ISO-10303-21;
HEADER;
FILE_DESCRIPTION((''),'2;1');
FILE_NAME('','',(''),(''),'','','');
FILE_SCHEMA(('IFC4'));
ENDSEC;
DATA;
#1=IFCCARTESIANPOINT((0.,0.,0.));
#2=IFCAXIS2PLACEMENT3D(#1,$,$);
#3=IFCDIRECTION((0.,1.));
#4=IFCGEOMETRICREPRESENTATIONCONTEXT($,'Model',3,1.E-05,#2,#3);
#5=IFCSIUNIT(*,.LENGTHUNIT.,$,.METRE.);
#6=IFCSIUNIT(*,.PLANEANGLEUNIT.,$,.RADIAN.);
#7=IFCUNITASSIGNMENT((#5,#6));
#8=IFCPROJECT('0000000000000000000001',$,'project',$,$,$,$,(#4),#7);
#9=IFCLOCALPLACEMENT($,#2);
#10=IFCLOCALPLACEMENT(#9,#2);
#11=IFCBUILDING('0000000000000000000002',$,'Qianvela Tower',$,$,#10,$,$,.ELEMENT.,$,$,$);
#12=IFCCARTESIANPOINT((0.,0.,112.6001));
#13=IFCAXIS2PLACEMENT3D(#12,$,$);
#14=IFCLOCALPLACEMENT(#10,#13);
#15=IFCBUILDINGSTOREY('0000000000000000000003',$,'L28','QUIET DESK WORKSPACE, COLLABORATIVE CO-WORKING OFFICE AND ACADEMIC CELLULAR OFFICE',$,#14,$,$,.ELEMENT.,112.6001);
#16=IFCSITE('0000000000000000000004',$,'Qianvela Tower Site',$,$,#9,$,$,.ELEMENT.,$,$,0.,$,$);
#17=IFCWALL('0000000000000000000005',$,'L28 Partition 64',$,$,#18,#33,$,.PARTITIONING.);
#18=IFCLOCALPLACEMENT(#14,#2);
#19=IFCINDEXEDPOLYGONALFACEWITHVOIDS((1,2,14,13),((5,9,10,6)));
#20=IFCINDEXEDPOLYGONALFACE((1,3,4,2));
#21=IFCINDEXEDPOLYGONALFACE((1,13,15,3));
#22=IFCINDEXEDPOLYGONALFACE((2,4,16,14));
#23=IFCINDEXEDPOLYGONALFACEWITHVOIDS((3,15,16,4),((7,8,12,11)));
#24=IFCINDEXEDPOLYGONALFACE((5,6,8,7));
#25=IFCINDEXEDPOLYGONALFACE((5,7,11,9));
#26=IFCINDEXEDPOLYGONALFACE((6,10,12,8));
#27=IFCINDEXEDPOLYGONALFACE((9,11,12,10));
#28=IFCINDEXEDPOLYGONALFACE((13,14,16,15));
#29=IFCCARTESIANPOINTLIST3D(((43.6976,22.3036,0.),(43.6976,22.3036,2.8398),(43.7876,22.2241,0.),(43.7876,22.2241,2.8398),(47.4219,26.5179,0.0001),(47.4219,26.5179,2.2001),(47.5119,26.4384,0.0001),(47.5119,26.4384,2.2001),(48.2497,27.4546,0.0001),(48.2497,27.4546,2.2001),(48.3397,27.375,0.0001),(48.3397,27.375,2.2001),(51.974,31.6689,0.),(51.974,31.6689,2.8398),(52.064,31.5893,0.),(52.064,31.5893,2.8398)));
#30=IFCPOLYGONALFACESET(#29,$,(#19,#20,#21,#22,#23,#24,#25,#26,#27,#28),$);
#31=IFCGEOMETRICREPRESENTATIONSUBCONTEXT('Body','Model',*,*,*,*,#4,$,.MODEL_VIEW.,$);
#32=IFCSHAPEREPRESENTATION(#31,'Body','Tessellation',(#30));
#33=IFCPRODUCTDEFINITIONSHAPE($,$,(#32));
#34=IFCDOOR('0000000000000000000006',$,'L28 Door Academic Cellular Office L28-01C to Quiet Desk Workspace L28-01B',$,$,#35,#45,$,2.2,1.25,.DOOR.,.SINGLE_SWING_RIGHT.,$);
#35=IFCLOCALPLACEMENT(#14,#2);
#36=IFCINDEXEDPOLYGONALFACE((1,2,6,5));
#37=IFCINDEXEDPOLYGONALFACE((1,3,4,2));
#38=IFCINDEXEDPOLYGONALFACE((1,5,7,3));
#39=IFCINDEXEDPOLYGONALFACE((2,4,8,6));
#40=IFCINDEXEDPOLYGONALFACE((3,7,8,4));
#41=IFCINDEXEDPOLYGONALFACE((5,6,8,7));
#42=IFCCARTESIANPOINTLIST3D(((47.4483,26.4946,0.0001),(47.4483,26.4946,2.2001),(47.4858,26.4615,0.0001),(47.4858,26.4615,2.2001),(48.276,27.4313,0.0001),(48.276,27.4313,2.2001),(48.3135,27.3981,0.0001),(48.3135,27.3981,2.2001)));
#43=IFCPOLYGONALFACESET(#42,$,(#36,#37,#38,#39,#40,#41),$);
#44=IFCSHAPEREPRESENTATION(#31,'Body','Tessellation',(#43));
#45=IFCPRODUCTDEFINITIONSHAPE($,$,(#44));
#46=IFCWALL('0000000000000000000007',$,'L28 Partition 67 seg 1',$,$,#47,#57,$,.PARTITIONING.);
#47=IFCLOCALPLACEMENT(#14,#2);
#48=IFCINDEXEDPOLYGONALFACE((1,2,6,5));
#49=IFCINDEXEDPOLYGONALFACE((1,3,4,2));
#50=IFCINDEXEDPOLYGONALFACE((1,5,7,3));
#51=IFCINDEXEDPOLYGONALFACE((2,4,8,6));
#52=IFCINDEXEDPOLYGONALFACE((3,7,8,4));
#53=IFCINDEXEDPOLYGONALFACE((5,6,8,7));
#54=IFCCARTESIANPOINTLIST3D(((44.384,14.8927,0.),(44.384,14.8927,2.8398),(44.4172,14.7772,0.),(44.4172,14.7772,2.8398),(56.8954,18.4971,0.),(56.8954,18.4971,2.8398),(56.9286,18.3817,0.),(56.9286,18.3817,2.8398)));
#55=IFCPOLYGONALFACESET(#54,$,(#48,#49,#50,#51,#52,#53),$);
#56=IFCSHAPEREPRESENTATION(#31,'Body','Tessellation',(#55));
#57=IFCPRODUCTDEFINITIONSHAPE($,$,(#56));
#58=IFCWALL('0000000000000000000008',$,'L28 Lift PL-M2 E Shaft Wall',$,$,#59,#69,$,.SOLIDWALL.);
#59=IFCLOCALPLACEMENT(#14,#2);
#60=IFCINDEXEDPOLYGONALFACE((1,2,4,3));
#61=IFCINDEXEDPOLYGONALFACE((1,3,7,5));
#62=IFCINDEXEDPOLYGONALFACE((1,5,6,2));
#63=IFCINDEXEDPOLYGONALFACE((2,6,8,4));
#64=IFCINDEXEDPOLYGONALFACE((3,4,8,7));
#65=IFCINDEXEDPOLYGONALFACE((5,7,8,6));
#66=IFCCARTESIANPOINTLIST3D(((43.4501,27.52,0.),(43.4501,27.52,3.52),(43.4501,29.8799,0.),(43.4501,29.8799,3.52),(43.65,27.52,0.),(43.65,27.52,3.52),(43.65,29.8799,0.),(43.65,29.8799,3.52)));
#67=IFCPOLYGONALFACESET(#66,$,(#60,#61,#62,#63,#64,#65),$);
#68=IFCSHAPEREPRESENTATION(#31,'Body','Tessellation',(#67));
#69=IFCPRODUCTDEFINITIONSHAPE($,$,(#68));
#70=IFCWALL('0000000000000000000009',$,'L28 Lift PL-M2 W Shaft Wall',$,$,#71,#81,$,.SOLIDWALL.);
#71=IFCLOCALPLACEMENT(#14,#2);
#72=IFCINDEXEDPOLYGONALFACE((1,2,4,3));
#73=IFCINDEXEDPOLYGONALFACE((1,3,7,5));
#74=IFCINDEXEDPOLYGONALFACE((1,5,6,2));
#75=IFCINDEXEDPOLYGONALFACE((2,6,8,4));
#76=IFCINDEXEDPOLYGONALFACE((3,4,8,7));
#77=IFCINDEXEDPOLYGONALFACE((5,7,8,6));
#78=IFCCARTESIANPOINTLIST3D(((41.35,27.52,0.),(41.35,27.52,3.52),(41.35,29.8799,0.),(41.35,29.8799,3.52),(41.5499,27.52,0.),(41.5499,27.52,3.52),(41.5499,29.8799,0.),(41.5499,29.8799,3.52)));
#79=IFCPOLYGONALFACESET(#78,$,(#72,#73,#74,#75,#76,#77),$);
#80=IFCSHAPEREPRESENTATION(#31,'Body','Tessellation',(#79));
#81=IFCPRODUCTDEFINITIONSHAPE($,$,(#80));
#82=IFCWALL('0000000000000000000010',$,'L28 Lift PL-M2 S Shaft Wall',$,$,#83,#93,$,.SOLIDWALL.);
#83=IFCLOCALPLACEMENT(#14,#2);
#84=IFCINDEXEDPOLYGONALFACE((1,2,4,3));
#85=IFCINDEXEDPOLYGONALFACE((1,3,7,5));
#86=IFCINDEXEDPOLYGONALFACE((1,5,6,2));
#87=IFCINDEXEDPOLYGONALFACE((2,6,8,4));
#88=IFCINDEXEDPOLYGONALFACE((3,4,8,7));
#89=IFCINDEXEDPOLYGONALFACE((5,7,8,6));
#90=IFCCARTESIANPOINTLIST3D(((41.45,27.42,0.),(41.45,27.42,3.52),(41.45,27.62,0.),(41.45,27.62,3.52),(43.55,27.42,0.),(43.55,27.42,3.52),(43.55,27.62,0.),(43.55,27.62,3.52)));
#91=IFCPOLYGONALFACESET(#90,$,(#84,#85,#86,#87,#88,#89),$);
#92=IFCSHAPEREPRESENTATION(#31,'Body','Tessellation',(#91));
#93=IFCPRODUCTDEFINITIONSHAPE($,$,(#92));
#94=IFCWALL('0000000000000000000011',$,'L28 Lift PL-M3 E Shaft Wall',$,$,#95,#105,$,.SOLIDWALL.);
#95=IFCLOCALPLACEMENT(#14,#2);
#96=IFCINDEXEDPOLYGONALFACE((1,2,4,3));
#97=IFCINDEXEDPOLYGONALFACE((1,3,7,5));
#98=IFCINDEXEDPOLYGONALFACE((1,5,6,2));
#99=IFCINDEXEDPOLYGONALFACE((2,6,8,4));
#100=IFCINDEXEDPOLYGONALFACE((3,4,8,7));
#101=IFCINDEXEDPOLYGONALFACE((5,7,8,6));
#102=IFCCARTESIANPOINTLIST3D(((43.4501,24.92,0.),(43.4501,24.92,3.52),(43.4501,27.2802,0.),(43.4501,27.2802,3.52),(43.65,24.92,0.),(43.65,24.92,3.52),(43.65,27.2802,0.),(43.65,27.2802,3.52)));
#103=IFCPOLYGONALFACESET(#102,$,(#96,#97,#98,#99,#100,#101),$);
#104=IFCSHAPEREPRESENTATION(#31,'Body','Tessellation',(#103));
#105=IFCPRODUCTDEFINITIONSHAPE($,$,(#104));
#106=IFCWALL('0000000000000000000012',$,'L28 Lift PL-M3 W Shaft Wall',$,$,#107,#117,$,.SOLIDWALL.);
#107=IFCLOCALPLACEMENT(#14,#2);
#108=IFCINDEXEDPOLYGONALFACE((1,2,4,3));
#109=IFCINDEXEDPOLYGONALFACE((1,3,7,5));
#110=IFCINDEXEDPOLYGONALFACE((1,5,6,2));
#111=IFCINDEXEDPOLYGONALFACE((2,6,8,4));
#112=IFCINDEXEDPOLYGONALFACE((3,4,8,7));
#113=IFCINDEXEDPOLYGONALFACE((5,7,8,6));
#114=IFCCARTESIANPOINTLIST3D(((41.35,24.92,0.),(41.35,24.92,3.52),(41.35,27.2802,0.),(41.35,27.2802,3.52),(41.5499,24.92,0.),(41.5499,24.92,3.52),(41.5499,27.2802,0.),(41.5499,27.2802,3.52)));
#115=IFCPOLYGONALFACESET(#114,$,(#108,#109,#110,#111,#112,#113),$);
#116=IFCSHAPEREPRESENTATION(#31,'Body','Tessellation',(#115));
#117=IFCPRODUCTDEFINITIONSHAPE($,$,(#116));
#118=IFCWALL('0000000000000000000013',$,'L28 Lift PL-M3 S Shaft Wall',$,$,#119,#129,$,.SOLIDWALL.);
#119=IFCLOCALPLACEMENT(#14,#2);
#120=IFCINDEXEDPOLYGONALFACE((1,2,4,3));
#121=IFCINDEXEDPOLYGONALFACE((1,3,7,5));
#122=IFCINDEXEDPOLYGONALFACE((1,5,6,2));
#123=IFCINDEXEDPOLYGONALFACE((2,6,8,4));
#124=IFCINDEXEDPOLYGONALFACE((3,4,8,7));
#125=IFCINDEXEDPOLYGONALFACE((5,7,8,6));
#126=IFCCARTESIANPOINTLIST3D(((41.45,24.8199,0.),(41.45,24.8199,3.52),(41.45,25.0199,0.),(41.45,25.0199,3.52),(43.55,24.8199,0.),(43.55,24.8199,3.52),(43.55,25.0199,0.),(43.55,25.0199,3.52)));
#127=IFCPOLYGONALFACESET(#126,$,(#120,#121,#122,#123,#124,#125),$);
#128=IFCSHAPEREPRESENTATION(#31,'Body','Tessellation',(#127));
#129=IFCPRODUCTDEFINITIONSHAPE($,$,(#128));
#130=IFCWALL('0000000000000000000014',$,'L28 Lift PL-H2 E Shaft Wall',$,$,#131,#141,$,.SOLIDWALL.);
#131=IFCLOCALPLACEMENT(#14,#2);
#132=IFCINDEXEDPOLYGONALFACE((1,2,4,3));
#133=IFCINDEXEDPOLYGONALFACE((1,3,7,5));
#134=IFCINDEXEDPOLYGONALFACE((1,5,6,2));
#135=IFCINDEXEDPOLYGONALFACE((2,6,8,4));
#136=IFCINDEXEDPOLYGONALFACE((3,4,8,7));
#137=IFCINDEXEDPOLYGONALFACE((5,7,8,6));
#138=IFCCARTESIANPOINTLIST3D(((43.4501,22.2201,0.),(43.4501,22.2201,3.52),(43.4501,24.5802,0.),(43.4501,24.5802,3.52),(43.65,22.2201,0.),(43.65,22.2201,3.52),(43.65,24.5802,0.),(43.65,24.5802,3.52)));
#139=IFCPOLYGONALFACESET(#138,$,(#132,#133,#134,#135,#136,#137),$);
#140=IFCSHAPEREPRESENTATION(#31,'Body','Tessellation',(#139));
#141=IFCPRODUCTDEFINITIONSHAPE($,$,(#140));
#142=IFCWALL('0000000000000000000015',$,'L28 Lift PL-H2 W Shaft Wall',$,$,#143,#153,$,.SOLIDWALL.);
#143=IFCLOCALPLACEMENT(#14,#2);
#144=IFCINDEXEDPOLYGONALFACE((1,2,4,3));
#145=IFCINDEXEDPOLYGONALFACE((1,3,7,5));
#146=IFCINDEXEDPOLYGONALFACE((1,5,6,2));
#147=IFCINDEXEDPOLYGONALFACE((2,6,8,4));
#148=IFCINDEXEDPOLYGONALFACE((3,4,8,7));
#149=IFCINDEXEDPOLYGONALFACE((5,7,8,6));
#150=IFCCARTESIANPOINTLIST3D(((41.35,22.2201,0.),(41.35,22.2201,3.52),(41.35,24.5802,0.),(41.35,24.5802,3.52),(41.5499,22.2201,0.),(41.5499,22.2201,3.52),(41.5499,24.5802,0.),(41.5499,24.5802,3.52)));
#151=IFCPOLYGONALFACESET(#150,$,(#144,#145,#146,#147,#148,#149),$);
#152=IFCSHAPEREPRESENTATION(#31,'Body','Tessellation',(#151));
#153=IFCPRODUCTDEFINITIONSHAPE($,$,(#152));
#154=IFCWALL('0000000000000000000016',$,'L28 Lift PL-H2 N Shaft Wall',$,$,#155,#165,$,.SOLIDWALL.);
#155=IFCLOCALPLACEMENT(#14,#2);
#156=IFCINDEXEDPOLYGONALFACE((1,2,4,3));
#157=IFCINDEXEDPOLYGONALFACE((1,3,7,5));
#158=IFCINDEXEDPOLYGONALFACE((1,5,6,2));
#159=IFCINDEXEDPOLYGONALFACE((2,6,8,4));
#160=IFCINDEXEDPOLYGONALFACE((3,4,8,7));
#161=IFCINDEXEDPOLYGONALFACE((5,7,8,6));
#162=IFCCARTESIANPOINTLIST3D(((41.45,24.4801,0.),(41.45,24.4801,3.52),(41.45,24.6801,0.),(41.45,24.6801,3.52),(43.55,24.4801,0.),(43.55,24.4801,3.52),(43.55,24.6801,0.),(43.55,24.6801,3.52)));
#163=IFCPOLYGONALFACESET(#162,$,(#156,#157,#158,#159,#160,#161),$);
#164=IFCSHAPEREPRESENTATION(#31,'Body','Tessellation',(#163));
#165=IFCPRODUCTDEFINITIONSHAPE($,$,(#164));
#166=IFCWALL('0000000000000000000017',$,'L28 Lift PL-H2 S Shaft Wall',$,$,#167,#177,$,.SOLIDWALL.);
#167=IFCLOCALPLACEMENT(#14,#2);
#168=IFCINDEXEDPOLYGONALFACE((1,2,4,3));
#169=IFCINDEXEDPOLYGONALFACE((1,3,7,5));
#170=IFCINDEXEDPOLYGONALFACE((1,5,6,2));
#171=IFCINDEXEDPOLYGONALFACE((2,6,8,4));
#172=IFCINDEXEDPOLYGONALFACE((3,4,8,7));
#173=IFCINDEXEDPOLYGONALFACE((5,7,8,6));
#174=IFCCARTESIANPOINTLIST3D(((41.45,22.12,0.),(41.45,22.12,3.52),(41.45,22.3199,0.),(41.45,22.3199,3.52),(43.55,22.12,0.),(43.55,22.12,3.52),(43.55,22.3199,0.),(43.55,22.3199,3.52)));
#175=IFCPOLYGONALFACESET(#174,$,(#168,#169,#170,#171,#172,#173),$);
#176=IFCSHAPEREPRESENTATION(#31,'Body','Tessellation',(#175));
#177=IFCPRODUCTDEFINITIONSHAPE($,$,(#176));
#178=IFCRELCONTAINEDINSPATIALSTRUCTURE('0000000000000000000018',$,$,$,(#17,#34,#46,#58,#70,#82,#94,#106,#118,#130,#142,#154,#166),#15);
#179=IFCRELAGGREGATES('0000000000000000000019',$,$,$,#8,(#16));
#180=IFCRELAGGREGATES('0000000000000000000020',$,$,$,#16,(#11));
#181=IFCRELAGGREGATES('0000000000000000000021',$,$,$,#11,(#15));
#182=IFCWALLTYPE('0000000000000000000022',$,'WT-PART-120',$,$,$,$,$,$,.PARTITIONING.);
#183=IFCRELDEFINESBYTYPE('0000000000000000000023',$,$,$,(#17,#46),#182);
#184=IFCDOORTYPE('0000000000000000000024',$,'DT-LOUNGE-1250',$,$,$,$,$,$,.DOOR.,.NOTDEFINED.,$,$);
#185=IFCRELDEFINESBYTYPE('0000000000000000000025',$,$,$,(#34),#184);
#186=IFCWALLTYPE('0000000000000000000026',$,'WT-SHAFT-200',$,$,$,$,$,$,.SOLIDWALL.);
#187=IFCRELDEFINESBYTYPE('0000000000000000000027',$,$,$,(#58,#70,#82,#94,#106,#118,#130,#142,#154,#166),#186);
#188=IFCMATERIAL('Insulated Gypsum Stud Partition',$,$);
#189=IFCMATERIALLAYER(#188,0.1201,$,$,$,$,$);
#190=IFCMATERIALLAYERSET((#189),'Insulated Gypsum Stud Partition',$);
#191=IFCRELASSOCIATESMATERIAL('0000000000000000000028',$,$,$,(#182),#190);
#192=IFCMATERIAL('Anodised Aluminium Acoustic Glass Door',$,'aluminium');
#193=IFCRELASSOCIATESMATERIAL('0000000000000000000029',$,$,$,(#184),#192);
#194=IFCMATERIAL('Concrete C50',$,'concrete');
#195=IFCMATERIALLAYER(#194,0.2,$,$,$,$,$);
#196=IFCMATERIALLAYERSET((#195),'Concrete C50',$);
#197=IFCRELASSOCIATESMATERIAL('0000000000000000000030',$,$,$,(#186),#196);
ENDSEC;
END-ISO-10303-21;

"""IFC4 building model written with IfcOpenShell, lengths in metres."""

from ifc_helpers import new_model, si_unit, direction, frame, frame_2d, origin, place, context, subcontext, project, spatial, rectangle, extrude, material, layer, layer_set, type_object, element, fill, save


model = new_model("IFC4")

# Units and contexts
model_context = context("Model", 3, precision=1e-05, world=origin(), true_north=direction((0.0, 1.0)))
body_context = subcontext(model_context, "Body", "Model", "MODEL_VIEW")
ifc_project = project(units=[si_unit("LENGTHUNIT", "METRE"), si_unit("PLANEANGLEUNIT", "RADIAN")], contexts=[model_context])

# Site, building, storey
site_placement = place(None, origin())
site = spatial("IfcSite", under=ifc_project, at=site_placement, Name="Qianvela Tower Site", CompositionType="ELEMENT", RefElevation=0.0)
building_placement = place(site_placement, origin())
building = spatial("IfcBuilding", under=site, at=building_placement, Name="Qianvela Tower", CompositionType="ELEMENT")
storey_placement = place(building_placement, frame((0.0, 0.0, 112.6001)))
storey = spatial("IfcBuildingStorey", under=building, at=storey_placement, Name="L28", Description="QUIET DESK WORKSPACE, COLLABORATIVE CO-WORKING OFFICE AND ACADEMIC CELLULAR OFFICE", CompositionType="ELEMENT", Elevation=112.6001)

# Wall, opening, door
ifc_material_1 = material(Name="Insulated Gypsum Stud Partition")
ifc_layer_1 = layer(ifc_material_1, 0.1201)
ifc_layer_set_1 = layer_set([ifc_layer_1], Name="Insulated Gypsum Stud Partition")
wall_type_1 = type_object("IfcWallType", Name="WT-PART-120", PredefinedType="PARTITIONING", material=ifc_layer_set_1)
wall_1_placement = place(storey_placement, frame((43.7427, 22.2639, 0.0), z_axis=(0.0, 0.0, 1.0), x_axis=(0.662203, 0.749325, 0.0)))
wall_1 = element("IfcWall", 1, at=wall_1_placement, inside=storey, type_object=wall_type_1, Name="L28 Partition 64", PredefinedType="PARTITIONING", context=body_context, shape_type="SweptSolid", body=[
    extrude(rectangle(XDim=12.4983, YDim=0.1201, at=frame_2d((6.249, 0.0))), origin(), (0.0, 0.0, 1.0), 2.8398),
])
opening_1_placement = place(wall_1_placement, frame((5.624, 0.0, 0.0)))
opening_1 = element("IfcOpeningElement", 2, at=opening_1_placement, cuts=wall_1, PredefinedType="OPENING", context=body_context, shape_type="SweptSolid", body=[
    extrude(rectangle(XDim=1.25, YDim=2.2, at=frame_2d((0.625, 1.1001))), frame((0.0, 0.0701, 0.0), z_axis=(0.0, -1.0, 0.0), x_axis=(1.0, 0.0, 0.0)), (0.0, 0.0, 1.0), 0.1401),
])
ifc_material_2 = material(Name="Anodised Aluminium Acoustic Glass Door", Category="aluminium")
door_type = type_object("IfcDoorType", Name="DT-LOUNGE-1250", OperationType="NOTDEFINED", PredefinedType="DOOR", material=ifc_material_2)
door_placement = place(opening_1_placement, origin())
door = element("IfcDoor", 3, at=door_placement, inside=storey, type_object=door_type, Name="L28 Door Academic Cellular Office L28-01C to Quiet Desk Workspace L28-01B", OperationType="SINGLE_SWING_RIGHT", OverallHeight=2.2, OverallWidth=1.25, PredefinedType="DOOR", context=body_context, shape_type="SweptSolid", body=[
    extrude(rectangle(XDim=1.25, YDim=2.2, at=frame_2d((0.625, 1.1001))), frame((0.0, 0.0249, 0.0), z_axis=(0.0, -1.0, 0.0), x_axis=(1.0, 0.0, 0.0)), (0.0, 0.0, 1.0), 0.05),
])
fill(opening_1, door)

# Walls
wall_2_placement = place(storey_placement, frame((56.9121, 18.4395, 0.0), z_axis=(0.0, 0.0, 1.0), x_axis=(-0.960917, -0.276835, 0.0)))
element("IfcWall", 4, at=wall_2_placement, inside=storey, type_object=wall_type_1, Name="L28 Partition 67 seg 1", PredefinedType="PARTITIONING", context=body_context, shape_type="SweptSolid", body=[
    extrude(rectangle(XDim=13.0203, YDim=0.1201, at=frame_2d((6.5103, 0.0))), origin(), (0.0, 0.0, 1.0), 2.8398),
])
ifc_material_3 = material(Name="Concrete C50", Category="concrete")
ifc_layer_2 = layer(ifc_material_3, 0.2)
ifc_layer_set_2 = layer_set([ifc_layer_2], Name="Concrete C50")
wall_type_2 = type_object("IfcWallType", Name="WT-SHAFT-200", PredefinedType="SOLIDWALL", material=ifc_layer_set_2)
for number, where, z_axis, x_axis, name in (
    (5, (43.55, 27.52, 0.0), (0.0, 0.0, 1.0), (0.0, 1.0, 0.0), "L28 Lift PL-M2 E Shaft Wall"),
    (6, (41.45, 27.52, 0.0), (0.0, 0.0, 1.0), (0.0, 1.0, 0.0), "L28 Lift PL-M2 W Shaft Wall"),
):
    element("IfcWall", number, at=place(storey_placement, frame(where, z_axis=z_axis, x_axis=x_axis)), inside=storey, type_object=wall_type_2, Name=name, PredefinedType="SOLIDWALL", context=body_context, shape_type="SweptSolid", body=[
        extrude(rectangle(XDim=2.3599, YDim=0.2, at=frame_2d((1.1799, 0.0))), origin(), (0.0, 0.0, 1.0), 3.52),
    ])
wall_3_placement = place(storey_placement, frame((41.45, 27.52, 0.0), z_axis=(0.0, 0.0, 1.0), x_axis=(1.0, 0.0, 0.0)))
element("IfcWall", 7, at=wall_3_placement, inside=storey, type_object=wall_type_2, Name="L28 Lift PL-M2 S Shaft Wall", PredefinedType="SOLIDWALL", context=body_context, shape_type="SweptSolid", body=[
    extrude(rectangle(XDim=2.1001, YDim=0.2, at=frame_2d((1.05, 0.0))), origin(), (0.0, 0.0, 1.0), 3.52),
])
for number, where, z_axis, x_axis, name in (
    (8, (43.55, 24.9199, 0.0), (0.0, 0.0, 1.0), (0.0, 1.0, 0.0), "L28 Lift PL-M3 E Shaft Wall"),
    (9, (41.45, 24.9199, 0.0), (0.0, 0.0, 1.0), (0.0, 1.0, 0.0), "L28 Lift PL-M3 W Shaft Wall"),
):
    element("IfcWall", number, at=place(storey_placement, frame(where, z_axis=z_axis, x_axis=x_axis)), inside=storey, type_object=wall_type_2, Name=name, PredefinedType="SOLIDWALL", context=body_context, shape_type="SweptSolid", body=[
        extrude(rectangle(XDim=2.3601, YDim=0.2, at=frame_2d((1.1802, 0.0))), origin(), (0.0, 0.0, 1.0), 3.52),
    ])
wall_4_placement = place(storey_placement, frame((41.45, 24.9199, 0.0), z_axis=(0.0, 0.0, 1.0), x_axis=(1.0, 0.0, 0.0)))
element("IfcWall", 10, at=wall_4_placement, inside=storey, type_object=wall_type_2, Name="L28 Lift PL-M3 S Shaft Wall", PredefinedType="SOLIDWALL", context=body_context, shape_type="SweptSolid", body=[
    extrude(rectangle(XDim=2.1001, YDim=0.2, at=frame_2d((1.05, 0.0))), origin(), (0.0, 0.0, 1.0), 3.52),
])
for number, where, z_axis, x_axis, name in (
    (11, (43.55, 22.22, 0.0), (0.0, 0.0, 1.0), (0.0, 1.0, 0.0), "L28 Lift PL-H2 E Shaft Wall"),
    (12, (41.45, 22.22, 0.0), (0.0, 0.0, 1.0), (0.0, 1.0, 0.0), "L28 Lift PL-H2 W Shaft Wall"),
):
    element("IfcWall", number, at=place(storey_placement, frame(where, z_axis=z_axis, x_axis=x_axis)), inside=storey, type_object=wall_type_2, Name=name, PredefinedType="SOLIDWALL", context=body_context, shape_type="SweptSolid", body=[
        extrude(rectangle(XDim=2.3601, YDim=0.2, at=frame_2d((1.1802, 0.0))), origin(), (0.0, 0.0, 1.0), 3.52),
    ])
for number, where, z_axis, x_axis, name in (
    (13, (41.45, 24.5801, 0.0), (0.0, 0.0, 1.0), (1.0, 0.0, 0.0), "L28 Lift PL-H2 N Shaft Wall"),
    (14, (41.45, 22.22, 0.0), (0.0, 0.0, 1.0), (1.0, 0.0, 0.0), "L28 Lift PL-H2 S Shaft Wall"),
):
    element("IfcWall", number, at=place(storey_placement, frame(where, z_axis=z_axis, x_axis=x_axis)), inside=storey, type_object=wall_type_2, Name=name, PredefinedType="SOLIDWALL", context=body_context, shape_type="SweptSolid", body=[
        extrude(rectangle(XDim=2.1001, YDim=0.2, at=frame_2d((1.05, 0.0))), origin(), (0.0, 0.0, 1.0), 3.52),
    ])

save(model, "model.ifc")
